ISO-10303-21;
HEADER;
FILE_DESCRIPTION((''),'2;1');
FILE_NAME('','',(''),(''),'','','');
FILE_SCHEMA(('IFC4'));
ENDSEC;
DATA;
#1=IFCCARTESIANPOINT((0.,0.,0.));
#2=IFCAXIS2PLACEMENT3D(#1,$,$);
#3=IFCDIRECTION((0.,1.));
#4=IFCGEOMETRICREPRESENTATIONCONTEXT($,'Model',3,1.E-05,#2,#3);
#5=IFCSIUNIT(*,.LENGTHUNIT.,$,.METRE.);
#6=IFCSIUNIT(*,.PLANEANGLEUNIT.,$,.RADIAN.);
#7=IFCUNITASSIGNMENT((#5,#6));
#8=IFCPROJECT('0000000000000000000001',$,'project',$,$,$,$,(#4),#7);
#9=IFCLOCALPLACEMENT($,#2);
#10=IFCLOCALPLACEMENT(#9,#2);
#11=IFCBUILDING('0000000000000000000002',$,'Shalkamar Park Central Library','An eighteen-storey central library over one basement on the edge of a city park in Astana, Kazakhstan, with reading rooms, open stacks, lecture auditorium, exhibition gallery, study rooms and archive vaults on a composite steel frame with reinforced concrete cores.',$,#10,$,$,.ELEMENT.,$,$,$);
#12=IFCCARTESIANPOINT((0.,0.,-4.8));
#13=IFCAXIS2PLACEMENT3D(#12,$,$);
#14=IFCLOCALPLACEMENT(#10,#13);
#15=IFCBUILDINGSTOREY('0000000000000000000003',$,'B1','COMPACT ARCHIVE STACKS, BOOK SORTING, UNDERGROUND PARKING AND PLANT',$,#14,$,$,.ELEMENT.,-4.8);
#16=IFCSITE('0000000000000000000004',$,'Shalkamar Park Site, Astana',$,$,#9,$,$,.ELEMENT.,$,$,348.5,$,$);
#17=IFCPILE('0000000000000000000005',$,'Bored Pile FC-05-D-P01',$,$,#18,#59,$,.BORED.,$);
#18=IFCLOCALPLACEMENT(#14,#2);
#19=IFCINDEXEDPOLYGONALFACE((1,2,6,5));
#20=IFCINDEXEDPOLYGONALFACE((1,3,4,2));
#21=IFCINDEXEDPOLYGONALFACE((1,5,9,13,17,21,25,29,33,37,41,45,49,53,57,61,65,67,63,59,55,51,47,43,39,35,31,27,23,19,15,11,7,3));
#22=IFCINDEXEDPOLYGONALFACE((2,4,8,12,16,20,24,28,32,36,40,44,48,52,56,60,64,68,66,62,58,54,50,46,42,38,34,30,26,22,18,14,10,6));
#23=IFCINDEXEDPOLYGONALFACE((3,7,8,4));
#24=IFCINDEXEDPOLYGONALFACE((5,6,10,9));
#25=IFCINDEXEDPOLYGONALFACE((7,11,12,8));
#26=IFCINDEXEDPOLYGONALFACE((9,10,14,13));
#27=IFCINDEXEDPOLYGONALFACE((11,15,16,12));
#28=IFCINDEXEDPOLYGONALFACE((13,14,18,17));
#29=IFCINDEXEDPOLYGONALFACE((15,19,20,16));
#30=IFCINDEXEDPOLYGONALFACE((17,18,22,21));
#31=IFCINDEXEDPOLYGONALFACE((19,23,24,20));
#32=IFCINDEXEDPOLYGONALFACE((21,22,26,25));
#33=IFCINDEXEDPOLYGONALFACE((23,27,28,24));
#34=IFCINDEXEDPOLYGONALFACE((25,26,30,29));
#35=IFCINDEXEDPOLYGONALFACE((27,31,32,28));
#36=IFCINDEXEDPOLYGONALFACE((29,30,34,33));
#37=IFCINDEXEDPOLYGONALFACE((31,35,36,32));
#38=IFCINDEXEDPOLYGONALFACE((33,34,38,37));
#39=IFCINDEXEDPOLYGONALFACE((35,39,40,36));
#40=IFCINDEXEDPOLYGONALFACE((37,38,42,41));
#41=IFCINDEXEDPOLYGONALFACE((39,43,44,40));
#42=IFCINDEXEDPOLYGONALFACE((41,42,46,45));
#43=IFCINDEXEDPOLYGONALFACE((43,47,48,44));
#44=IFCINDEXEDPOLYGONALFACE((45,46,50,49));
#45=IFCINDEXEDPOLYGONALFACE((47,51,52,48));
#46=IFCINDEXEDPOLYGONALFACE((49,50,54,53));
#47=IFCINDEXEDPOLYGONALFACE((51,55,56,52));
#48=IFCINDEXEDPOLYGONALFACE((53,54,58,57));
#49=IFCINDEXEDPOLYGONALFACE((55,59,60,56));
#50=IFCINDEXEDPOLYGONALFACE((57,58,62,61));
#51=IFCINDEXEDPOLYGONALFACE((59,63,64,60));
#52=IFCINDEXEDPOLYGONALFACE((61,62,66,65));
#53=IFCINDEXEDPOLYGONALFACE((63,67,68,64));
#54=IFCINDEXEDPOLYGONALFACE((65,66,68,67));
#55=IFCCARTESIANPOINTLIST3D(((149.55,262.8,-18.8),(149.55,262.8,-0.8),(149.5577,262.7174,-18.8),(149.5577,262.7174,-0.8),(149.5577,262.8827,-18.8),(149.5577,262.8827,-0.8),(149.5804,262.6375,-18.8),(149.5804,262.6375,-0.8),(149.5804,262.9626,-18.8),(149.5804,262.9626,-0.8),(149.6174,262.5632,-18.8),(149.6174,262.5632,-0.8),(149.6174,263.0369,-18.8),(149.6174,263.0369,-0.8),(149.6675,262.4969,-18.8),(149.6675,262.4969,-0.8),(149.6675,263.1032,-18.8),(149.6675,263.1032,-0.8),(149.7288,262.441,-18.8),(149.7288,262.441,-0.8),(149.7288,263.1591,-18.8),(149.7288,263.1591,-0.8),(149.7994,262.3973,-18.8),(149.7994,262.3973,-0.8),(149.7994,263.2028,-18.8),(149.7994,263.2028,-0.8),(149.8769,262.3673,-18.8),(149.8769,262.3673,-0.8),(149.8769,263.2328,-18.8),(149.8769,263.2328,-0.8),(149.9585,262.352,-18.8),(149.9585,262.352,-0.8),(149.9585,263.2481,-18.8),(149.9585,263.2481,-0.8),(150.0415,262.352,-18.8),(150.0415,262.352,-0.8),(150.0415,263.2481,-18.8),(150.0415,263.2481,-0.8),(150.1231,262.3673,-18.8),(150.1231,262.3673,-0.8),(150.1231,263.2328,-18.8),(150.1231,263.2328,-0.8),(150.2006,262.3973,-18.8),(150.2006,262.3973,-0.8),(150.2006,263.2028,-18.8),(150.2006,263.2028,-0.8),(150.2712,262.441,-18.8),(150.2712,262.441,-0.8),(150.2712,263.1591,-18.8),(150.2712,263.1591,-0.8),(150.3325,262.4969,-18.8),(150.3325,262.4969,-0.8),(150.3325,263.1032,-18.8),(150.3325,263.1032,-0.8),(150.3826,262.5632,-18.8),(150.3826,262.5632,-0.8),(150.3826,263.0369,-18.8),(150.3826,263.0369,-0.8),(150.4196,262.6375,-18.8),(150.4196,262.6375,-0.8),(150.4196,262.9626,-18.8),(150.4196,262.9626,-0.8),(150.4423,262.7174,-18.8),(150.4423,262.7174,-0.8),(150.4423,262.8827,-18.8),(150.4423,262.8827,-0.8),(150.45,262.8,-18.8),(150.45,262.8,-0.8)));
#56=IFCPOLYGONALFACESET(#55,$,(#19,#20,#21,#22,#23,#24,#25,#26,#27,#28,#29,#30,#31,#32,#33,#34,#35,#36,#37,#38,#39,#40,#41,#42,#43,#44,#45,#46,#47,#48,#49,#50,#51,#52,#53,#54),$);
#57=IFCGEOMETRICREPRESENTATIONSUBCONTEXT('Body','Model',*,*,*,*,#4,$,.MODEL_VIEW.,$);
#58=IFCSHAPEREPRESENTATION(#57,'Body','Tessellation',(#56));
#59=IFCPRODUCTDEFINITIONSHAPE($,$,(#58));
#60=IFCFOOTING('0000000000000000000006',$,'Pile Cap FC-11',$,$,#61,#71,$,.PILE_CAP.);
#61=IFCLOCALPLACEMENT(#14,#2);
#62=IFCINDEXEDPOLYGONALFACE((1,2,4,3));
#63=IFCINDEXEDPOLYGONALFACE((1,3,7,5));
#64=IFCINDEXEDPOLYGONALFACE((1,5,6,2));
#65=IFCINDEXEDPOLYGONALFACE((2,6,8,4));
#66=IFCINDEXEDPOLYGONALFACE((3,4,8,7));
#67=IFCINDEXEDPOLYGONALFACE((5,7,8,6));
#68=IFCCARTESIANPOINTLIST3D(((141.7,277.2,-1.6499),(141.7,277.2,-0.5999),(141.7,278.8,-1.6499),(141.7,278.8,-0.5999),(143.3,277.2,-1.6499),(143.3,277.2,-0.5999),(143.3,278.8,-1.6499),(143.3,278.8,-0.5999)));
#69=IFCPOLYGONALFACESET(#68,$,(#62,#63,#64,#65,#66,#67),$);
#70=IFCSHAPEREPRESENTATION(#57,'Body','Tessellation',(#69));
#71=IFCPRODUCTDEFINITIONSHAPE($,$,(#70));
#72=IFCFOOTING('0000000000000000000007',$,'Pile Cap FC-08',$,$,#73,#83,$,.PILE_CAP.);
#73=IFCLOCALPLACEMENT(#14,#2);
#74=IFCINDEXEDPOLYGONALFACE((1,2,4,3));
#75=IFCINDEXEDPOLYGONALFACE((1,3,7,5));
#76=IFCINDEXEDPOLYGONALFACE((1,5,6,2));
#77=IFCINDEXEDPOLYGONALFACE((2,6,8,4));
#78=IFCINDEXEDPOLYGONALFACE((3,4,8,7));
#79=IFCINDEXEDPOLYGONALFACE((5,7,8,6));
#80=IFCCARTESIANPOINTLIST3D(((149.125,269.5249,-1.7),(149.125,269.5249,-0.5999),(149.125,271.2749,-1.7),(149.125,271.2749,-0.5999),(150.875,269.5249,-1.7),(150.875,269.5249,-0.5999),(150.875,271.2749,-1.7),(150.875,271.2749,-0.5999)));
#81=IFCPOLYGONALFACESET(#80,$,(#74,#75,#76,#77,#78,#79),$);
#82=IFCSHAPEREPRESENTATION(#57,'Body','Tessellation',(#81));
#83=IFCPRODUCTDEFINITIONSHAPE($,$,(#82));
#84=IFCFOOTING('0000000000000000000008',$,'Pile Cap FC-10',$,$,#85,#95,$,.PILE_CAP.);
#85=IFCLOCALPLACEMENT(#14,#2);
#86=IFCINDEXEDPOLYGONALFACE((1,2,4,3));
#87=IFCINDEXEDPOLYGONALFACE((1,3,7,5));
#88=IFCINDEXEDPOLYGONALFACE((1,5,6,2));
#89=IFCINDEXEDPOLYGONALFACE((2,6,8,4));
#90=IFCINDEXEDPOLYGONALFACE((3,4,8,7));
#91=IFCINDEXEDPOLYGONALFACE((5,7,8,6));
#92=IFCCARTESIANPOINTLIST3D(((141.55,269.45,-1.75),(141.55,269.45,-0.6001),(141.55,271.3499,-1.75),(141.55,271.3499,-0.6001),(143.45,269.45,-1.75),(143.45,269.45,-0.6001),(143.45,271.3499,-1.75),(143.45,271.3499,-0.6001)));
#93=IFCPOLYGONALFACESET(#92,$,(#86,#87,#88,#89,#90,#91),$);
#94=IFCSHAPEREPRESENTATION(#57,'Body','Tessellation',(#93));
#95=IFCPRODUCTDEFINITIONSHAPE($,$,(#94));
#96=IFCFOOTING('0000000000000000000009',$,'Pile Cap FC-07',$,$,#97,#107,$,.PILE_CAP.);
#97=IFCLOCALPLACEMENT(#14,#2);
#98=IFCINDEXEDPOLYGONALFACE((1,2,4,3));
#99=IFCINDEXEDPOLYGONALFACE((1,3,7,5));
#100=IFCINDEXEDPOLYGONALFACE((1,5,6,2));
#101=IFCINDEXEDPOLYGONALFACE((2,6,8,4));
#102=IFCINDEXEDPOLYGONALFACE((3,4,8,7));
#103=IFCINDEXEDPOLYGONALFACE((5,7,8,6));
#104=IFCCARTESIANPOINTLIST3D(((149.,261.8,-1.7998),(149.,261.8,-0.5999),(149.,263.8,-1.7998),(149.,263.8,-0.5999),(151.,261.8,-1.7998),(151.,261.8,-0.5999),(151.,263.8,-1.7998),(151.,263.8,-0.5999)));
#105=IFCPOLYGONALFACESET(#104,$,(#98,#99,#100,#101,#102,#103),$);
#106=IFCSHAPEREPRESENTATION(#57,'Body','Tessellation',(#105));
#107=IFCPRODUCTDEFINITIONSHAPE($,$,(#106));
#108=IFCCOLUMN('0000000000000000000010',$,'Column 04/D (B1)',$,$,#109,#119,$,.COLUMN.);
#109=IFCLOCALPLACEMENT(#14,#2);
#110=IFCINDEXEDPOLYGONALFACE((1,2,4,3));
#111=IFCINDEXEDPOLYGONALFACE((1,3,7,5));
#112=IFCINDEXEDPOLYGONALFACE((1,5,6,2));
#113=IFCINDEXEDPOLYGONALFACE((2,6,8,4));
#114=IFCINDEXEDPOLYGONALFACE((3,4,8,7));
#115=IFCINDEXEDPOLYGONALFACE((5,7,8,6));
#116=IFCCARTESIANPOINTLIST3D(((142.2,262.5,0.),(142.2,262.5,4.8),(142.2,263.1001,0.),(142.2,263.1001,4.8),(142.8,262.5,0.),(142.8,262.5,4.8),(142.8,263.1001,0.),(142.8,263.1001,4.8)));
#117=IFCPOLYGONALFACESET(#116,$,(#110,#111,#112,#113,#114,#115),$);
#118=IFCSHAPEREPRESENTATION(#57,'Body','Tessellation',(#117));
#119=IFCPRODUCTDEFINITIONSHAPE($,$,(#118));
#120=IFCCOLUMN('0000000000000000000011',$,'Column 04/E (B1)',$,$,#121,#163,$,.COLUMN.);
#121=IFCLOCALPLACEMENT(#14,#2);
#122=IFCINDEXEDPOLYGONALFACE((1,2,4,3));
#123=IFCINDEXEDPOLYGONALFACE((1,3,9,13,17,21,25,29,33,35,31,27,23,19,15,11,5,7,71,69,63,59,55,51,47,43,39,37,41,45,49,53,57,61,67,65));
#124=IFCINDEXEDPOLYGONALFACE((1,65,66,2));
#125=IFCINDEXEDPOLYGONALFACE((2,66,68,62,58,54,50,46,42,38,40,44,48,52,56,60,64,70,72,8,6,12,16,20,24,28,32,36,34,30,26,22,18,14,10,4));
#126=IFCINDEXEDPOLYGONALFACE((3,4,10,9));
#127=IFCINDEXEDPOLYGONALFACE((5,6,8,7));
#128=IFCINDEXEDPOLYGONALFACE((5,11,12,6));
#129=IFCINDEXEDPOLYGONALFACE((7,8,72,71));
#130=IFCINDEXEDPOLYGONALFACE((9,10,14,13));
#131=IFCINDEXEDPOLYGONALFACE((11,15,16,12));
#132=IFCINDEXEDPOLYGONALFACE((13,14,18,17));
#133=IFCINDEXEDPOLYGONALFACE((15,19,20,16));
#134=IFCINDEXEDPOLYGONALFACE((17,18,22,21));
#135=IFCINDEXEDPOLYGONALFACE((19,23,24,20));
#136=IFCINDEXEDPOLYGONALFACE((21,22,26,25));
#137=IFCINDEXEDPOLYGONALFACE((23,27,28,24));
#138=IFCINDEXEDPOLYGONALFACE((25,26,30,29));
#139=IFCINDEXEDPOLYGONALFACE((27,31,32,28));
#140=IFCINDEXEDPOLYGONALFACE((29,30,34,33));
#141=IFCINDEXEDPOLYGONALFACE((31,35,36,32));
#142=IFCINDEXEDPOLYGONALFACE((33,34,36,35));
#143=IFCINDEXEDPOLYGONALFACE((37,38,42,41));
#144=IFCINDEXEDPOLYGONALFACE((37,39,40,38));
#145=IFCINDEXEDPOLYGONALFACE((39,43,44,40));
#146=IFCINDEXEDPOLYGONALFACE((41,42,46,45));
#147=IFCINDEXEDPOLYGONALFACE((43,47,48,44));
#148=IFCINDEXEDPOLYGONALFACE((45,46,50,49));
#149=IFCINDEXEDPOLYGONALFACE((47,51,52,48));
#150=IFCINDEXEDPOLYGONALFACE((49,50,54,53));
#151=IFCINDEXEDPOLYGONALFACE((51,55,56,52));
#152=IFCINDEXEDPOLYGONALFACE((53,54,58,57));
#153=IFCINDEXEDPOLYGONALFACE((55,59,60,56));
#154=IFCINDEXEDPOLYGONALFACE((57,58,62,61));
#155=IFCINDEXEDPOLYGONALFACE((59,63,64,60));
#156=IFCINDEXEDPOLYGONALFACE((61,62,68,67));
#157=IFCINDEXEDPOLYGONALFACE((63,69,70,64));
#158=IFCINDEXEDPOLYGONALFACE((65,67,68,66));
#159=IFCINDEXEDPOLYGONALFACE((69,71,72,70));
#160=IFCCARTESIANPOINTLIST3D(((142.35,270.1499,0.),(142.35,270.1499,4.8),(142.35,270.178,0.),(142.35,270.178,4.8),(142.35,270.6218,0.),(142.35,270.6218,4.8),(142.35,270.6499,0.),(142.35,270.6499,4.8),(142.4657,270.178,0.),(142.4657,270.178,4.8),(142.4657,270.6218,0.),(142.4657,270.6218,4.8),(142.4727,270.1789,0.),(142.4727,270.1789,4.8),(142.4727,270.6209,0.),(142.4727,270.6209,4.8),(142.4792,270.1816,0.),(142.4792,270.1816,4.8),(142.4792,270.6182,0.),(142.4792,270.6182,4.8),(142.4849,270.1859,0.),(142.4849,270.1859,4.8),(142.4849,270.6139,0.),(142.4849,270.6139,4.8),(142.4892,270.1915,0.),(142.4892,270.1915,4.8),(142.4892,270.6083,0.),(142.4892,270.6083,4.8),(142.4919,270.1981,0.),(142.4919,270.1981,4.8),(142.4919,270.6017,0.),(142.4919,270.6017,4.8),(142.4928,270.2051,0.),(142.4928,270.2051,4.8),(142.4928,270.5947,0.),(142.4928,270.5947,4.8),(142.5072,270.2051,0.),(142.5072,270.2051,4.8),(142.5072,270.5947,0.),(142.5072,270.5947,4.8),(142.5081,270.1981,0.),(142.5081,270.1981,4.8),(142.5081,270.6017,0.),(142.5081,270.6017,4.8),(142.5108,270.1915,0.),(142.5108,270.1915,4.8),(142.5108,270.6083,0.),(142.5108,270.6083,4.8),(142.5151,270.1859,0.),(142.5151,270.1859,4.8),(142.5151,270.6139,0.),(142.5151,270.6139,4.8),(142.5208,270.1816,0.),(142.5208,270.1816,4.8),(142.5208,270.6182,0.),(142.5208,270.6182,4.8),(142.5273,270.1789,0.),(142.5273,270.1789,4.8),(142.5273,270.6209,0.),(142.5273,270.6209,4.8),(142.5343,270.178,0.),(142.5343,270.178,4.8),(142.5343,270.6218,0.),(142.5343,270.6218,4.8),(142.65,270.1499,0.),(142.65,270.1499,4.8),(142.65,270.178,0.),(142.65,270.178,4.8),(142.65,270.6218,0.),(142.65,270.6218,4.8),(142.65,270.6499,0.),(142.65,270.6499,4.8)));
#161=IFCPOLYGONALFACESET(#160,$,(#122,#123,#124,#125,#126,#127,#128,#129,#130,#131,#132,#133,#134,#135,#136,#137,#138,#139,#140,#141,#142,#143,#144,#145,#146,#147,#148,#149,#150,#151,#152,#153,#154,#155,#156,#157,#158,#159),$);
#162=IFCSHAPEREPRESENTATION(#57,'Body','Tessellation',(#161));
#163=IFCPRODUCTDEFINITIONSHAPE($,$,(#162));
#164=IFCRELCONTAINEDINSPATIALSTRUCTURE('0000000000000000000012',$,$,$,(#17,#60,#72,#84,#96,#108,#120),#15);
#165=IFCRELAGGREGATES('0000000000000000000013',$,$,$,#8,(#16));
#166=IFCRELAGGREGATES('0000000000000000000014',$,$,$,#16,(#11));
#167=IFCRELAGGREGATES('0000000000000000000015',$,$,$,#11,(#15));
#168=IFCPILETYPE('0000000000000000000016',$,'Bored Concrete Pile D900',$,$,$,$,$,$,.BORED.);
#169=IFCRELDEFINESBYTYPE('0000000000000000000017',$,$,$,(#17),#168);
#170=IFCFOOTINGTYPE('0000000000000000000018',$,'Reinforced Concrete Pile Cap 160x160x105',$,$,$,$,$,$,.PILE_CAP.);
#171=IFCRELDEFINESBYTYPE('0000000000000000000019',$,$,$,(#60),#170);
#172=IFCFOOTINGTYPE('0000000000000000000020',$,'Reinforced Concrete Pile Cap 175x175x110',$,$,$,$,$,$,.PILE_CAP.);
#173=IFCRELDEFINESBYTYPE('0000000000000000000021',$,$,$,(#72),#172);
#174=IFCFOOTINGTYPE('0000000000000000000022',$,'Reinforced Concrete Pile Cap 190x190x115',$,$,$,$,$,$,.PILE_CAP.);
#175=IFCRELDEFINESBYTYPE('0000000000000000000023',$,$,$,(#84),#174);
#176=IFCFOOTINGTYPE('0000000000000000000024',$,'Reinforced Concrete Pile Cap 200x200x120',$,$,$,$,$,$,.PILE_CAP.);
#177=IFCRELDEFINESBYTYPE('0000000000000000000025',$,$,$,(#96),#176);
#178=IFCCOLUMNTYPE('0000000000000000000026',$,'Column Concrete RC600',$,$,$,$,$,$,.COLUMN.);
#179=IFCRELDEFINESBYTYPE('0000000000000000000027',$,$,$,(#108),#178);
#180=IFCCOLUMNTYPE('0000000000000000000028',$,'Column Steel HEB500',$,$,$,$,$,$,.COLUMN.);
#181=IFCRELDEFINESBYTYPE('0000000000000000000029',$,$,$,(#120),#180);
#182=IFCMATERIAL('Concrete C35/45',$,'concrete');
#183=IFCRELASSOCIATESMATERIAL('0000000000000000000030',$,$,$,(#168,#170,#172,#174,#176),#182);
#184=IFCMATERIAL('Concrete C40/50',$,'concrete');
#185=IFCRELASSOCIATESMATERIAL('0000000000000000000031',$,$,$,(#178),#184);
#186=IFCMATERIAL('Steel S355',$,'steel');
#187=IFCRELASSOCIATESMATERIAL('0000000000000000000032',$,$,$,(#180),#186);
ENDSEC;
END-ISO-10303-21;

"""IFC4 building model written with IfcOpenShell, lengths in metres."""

from ifc_helpers import new_model, si_unit, direction, frame, origin, origin_2d, place, context, subcontext, project, spatial, rectangle, circle, i_section, extrude, material, material_profile, profile_set, type_object, element, save


model = new_model("IFC4")

# Units and contexts
model_context = context("Model", 3, precision=1e-05, world=origin(), true_north=direction((0.0, 1.0)))
body_context = subcontext(model_context, "Body", "Model", "MODEL_VIEW")
ifc_project = project(units=[si_unit("LENGTHUNIT", "METRE"), si_unit("PLANEANGLEUNIT", "RADIAN")], contexts=[model_context])

# Site, building, storey
site_placement = place(None, origin())
site = spatial("IfcSite", under=ifc_project, at=site_placement, Name="Shalkamar Park Site, Astana", CompositionType="ELEMENT", RefElevation=348.5)
building_placement = place(site_placement, origin())
building = spatial("IfcBuilding", under=site, at=building_placement, Name="Shalkamar Park Central Library", Description="An eighteen-storey central library over one basement on the edge of a city park in Astana, Kazakhstan, with reading rooms, open stacks, lecture auditorium, exhibition gallery, study rooms and archive vaults on a composite steel frame with reinforced concrete cores.", CompositionType="ELEMENT")
storey_placement = place(building_placement, frame((0.0, 0.0, -4.8)))
storey = spatial("IfcBuildingStorey", under=building, at=storey_placement, Name="B1", Description="COMPACT ARCHIVE STACKS, BOOK SORTING, UNDERGROUND PARKING AND PLANT", CompositionType="ELEMENT", Elevation=-4.8)

# Pile
ifc_material_1 = material(Name="Concrete C35/45", Category="concrete")
ifc_material_profile_1 = material_profile(ifc_material_1, circle(Radius=0.45, at=origin_2d()), Name="PILE D900")
ifc_profile_set_1 = profile_set([ifc_material_profile_1], Name="Concrete C35/45")
pile_type_1 = type_object("IfcPileType", Name="Bored Concrete Pile D900", PredefinedType="BORED", material=ifc_profile_set_1)
pile_placement = place(storey_placement, frame((150.0, 262.8, -0.8), z_axis=(0.0, 0.0, -1.0), x_axis=(1.0, 0.0, 0.0)))
element("IfcPile", 1, at=pile_placement, inside=storey, type_object=pile_type_1, Name="Bored Pile FC-05-D-P01", PredefinedType="BORED", context=body_context, shape_type="SweptSolid", body=[
    extrude(circle(Radius=0.45, at=origin_2d()), origin(), (0.0, 0.0, 1.0), 18.0),
])

# Footings
footing_type_1 = type_object("IfcFootingType", Name="Reinforced Concrete Pile Cap 160x160x105", PredefinedType="PILE_CAP", material=ifc_material_1)
footing_1_placement = place(storey_placement, frame((142.5, 278.0, -1.6499), z_axis=(0.0, 0.0, 1.0), x_axis=(1.0, 0.0, 0.0)))
element("IfcFooting", 2, at=footing_1_placement, inside=storey, type_object=footing_type_1, Name="Pile Cap FC-11", PredefinedType="PILE_CAP", context=body_context, shape_type="SweptSolid", body=[
    extrude(rectangle(XDim=1.6001, YDim=1.6001, at=origin_2d()), origin(), (0.0, 0.0, 1.0), 1.05),
])
footing_type_2 = type_object("IfcFootingType", Name="Reinforced Concrete Pile Cap 175x175x110", PredefinedType="PILE_CAP", material=ifc_material_1)
footing_2_placement = place(storey_placement, frame((150.0, 270.3999, -1.7), z_axis=(0.0, 0.0, 1.0), x_axis=(1.0, 0.0, 0.0)))
element("IfcFooting", 3, at=footing_2_placement, inside=storey, type_object=footing_type_2, Name="Pile Cap FC-08", PredefinedType="PILE_CAP", context=body_context, shape_type="SweptSolid", body=[
    extrude(rectangle(XDim=1.75, YDim=1.75, at=origin_2d()), origin(), (0.0, 0.0, 1.0), 1.1001),
])
footing_type_3 = type_object("IfcFootingType", Name="Reinforced Concrete Pile Cap 190x190x115", PredefinedType="PILE_CAP", material=ifc_material_1)
footing_3_placement = place(storey_placement, frame((142.5, 270.3999, -1.75), z_axis=(0.0, 0.0, 1.0), x_axis=(1.0, 0.0, 0.0)))
element("IfcFooting", 4, at=footing_3_placement, inside=storey, type_object=footing_type_3, Name="Pile Cap FC-10", PredefinedType="PILE_CAP", context=body_context, shape_type="SweptSolid", body=[
    extrude(rectangle(XDim=1.8999, YDim=1.8999, at=origin_2d()), origin(), (0.0, 0.0, 1.0), 1.1499),
])
footing_type_4 = type_object("IfcFootingType", Name="Reinforced Concrete Pile Cap 200x200x120", PredefinedType="PILE_CAP", material=ifc_material_1)
footing_4_placement = place(storey_placement, frame((150.0, 262.8, -1.7998), z_axis=(0.0, 0.0, 1.0), x_axis=(1.0, 0.0, 0.0)))
element("IfcFooting", 5, at=footing_4_placement, inside=storey, type_object=footing_type_4, Name="Pile Cap FC-07", PredefinedType="PILE_CAP", context=body_context, shape_type="SweptSolid", body=[
    extrude(rectangle(XDim=2.0, YDim=2.0, at=origin_2d()), origin(), (0.0, 0.0, 1.0), 1.2),
])

# Columns
ifc_material_2 = material(Name="Concrete C40/50", Category="concrete")
ifc_material_profile_2 = material_profile(ifc_material_2, rectangle(XDim=0.6001, YDim=0.6001, at=origin_2d()), Name="RC 600x600")
ifc_profile_set_2 = profile_set([ifc_material_profile_2], Name="Concrete C40/50")
column_type_1 = type_object("IfcColumnType", Name="Column Concrete RC600", PredefinedType="COLUMN", material=ifc_profile_set_2)
column_placement = place(storey_placement, frame((142.5, 262.8, 0.0), z_axis=(0.0, 0.0, 1.0), x_axis=(1.0, 0.0, 0.0)))
element("IfcColumn", 6, at=column_placement, inside=storey, type_object=column_type_1, Name="Column 04/D (B1)", PredefinedType="COLUMN", context=body_context, shape_type="SweptSolid", body=[
    extrude(rectangle(XDim=0.6001, YDim=0.6001, at=origin_2d()), origin(), (0.0, 0.0, 1.0), 4.8),
])
ifc_material_3 = material(Name="Steel S355", Category="steel")
ifc_material_profile_3 = material_profile(ifc_material_3, i_section(OverallWidth=0.3, OverallDepth=0.5, WebThickness=0.0144, FlangeThickness=0.0281, FilletRadius=0.0271, at=origin_2d()), Name="HEB 500")
ifc_profile_set_3 = profile_set([ifc_material_profile_3], Name="Steel S355")
column_type_2 = type_object("IfcColumnType", Name="Column Steel HEB500", PredefinedType="COLUMN", material=ifc_profile_set_3)
for number, where, z_axis, x_axis, name in (
    (7, (142.5, 270.3999, 0.0), (0.0, 0.0, 1.0), (1.0, 0.0, 0.0), "Column 04/E (B1)"),
):
    element("IfcColumn", number, at=place(storey_placement, frame(where, z_axis=z_axis, x_axis=x_axis)), inside=storey, type_object=column_type_2, Name=name, PredefinedType="COLUMN", context=body_context, shape_type="SweptSolid", body=[
        extrude(i_section(OverallWidth=0.3, OverallDepth=0.5, WebThickness=0.0144, FlangeThickness=0.0281, FilletRadius=0.0271, at=origin_2d()), origin(), (0.0, 0.0, 1.0), 4.8),
    ])

save(model, "model.ifc")
